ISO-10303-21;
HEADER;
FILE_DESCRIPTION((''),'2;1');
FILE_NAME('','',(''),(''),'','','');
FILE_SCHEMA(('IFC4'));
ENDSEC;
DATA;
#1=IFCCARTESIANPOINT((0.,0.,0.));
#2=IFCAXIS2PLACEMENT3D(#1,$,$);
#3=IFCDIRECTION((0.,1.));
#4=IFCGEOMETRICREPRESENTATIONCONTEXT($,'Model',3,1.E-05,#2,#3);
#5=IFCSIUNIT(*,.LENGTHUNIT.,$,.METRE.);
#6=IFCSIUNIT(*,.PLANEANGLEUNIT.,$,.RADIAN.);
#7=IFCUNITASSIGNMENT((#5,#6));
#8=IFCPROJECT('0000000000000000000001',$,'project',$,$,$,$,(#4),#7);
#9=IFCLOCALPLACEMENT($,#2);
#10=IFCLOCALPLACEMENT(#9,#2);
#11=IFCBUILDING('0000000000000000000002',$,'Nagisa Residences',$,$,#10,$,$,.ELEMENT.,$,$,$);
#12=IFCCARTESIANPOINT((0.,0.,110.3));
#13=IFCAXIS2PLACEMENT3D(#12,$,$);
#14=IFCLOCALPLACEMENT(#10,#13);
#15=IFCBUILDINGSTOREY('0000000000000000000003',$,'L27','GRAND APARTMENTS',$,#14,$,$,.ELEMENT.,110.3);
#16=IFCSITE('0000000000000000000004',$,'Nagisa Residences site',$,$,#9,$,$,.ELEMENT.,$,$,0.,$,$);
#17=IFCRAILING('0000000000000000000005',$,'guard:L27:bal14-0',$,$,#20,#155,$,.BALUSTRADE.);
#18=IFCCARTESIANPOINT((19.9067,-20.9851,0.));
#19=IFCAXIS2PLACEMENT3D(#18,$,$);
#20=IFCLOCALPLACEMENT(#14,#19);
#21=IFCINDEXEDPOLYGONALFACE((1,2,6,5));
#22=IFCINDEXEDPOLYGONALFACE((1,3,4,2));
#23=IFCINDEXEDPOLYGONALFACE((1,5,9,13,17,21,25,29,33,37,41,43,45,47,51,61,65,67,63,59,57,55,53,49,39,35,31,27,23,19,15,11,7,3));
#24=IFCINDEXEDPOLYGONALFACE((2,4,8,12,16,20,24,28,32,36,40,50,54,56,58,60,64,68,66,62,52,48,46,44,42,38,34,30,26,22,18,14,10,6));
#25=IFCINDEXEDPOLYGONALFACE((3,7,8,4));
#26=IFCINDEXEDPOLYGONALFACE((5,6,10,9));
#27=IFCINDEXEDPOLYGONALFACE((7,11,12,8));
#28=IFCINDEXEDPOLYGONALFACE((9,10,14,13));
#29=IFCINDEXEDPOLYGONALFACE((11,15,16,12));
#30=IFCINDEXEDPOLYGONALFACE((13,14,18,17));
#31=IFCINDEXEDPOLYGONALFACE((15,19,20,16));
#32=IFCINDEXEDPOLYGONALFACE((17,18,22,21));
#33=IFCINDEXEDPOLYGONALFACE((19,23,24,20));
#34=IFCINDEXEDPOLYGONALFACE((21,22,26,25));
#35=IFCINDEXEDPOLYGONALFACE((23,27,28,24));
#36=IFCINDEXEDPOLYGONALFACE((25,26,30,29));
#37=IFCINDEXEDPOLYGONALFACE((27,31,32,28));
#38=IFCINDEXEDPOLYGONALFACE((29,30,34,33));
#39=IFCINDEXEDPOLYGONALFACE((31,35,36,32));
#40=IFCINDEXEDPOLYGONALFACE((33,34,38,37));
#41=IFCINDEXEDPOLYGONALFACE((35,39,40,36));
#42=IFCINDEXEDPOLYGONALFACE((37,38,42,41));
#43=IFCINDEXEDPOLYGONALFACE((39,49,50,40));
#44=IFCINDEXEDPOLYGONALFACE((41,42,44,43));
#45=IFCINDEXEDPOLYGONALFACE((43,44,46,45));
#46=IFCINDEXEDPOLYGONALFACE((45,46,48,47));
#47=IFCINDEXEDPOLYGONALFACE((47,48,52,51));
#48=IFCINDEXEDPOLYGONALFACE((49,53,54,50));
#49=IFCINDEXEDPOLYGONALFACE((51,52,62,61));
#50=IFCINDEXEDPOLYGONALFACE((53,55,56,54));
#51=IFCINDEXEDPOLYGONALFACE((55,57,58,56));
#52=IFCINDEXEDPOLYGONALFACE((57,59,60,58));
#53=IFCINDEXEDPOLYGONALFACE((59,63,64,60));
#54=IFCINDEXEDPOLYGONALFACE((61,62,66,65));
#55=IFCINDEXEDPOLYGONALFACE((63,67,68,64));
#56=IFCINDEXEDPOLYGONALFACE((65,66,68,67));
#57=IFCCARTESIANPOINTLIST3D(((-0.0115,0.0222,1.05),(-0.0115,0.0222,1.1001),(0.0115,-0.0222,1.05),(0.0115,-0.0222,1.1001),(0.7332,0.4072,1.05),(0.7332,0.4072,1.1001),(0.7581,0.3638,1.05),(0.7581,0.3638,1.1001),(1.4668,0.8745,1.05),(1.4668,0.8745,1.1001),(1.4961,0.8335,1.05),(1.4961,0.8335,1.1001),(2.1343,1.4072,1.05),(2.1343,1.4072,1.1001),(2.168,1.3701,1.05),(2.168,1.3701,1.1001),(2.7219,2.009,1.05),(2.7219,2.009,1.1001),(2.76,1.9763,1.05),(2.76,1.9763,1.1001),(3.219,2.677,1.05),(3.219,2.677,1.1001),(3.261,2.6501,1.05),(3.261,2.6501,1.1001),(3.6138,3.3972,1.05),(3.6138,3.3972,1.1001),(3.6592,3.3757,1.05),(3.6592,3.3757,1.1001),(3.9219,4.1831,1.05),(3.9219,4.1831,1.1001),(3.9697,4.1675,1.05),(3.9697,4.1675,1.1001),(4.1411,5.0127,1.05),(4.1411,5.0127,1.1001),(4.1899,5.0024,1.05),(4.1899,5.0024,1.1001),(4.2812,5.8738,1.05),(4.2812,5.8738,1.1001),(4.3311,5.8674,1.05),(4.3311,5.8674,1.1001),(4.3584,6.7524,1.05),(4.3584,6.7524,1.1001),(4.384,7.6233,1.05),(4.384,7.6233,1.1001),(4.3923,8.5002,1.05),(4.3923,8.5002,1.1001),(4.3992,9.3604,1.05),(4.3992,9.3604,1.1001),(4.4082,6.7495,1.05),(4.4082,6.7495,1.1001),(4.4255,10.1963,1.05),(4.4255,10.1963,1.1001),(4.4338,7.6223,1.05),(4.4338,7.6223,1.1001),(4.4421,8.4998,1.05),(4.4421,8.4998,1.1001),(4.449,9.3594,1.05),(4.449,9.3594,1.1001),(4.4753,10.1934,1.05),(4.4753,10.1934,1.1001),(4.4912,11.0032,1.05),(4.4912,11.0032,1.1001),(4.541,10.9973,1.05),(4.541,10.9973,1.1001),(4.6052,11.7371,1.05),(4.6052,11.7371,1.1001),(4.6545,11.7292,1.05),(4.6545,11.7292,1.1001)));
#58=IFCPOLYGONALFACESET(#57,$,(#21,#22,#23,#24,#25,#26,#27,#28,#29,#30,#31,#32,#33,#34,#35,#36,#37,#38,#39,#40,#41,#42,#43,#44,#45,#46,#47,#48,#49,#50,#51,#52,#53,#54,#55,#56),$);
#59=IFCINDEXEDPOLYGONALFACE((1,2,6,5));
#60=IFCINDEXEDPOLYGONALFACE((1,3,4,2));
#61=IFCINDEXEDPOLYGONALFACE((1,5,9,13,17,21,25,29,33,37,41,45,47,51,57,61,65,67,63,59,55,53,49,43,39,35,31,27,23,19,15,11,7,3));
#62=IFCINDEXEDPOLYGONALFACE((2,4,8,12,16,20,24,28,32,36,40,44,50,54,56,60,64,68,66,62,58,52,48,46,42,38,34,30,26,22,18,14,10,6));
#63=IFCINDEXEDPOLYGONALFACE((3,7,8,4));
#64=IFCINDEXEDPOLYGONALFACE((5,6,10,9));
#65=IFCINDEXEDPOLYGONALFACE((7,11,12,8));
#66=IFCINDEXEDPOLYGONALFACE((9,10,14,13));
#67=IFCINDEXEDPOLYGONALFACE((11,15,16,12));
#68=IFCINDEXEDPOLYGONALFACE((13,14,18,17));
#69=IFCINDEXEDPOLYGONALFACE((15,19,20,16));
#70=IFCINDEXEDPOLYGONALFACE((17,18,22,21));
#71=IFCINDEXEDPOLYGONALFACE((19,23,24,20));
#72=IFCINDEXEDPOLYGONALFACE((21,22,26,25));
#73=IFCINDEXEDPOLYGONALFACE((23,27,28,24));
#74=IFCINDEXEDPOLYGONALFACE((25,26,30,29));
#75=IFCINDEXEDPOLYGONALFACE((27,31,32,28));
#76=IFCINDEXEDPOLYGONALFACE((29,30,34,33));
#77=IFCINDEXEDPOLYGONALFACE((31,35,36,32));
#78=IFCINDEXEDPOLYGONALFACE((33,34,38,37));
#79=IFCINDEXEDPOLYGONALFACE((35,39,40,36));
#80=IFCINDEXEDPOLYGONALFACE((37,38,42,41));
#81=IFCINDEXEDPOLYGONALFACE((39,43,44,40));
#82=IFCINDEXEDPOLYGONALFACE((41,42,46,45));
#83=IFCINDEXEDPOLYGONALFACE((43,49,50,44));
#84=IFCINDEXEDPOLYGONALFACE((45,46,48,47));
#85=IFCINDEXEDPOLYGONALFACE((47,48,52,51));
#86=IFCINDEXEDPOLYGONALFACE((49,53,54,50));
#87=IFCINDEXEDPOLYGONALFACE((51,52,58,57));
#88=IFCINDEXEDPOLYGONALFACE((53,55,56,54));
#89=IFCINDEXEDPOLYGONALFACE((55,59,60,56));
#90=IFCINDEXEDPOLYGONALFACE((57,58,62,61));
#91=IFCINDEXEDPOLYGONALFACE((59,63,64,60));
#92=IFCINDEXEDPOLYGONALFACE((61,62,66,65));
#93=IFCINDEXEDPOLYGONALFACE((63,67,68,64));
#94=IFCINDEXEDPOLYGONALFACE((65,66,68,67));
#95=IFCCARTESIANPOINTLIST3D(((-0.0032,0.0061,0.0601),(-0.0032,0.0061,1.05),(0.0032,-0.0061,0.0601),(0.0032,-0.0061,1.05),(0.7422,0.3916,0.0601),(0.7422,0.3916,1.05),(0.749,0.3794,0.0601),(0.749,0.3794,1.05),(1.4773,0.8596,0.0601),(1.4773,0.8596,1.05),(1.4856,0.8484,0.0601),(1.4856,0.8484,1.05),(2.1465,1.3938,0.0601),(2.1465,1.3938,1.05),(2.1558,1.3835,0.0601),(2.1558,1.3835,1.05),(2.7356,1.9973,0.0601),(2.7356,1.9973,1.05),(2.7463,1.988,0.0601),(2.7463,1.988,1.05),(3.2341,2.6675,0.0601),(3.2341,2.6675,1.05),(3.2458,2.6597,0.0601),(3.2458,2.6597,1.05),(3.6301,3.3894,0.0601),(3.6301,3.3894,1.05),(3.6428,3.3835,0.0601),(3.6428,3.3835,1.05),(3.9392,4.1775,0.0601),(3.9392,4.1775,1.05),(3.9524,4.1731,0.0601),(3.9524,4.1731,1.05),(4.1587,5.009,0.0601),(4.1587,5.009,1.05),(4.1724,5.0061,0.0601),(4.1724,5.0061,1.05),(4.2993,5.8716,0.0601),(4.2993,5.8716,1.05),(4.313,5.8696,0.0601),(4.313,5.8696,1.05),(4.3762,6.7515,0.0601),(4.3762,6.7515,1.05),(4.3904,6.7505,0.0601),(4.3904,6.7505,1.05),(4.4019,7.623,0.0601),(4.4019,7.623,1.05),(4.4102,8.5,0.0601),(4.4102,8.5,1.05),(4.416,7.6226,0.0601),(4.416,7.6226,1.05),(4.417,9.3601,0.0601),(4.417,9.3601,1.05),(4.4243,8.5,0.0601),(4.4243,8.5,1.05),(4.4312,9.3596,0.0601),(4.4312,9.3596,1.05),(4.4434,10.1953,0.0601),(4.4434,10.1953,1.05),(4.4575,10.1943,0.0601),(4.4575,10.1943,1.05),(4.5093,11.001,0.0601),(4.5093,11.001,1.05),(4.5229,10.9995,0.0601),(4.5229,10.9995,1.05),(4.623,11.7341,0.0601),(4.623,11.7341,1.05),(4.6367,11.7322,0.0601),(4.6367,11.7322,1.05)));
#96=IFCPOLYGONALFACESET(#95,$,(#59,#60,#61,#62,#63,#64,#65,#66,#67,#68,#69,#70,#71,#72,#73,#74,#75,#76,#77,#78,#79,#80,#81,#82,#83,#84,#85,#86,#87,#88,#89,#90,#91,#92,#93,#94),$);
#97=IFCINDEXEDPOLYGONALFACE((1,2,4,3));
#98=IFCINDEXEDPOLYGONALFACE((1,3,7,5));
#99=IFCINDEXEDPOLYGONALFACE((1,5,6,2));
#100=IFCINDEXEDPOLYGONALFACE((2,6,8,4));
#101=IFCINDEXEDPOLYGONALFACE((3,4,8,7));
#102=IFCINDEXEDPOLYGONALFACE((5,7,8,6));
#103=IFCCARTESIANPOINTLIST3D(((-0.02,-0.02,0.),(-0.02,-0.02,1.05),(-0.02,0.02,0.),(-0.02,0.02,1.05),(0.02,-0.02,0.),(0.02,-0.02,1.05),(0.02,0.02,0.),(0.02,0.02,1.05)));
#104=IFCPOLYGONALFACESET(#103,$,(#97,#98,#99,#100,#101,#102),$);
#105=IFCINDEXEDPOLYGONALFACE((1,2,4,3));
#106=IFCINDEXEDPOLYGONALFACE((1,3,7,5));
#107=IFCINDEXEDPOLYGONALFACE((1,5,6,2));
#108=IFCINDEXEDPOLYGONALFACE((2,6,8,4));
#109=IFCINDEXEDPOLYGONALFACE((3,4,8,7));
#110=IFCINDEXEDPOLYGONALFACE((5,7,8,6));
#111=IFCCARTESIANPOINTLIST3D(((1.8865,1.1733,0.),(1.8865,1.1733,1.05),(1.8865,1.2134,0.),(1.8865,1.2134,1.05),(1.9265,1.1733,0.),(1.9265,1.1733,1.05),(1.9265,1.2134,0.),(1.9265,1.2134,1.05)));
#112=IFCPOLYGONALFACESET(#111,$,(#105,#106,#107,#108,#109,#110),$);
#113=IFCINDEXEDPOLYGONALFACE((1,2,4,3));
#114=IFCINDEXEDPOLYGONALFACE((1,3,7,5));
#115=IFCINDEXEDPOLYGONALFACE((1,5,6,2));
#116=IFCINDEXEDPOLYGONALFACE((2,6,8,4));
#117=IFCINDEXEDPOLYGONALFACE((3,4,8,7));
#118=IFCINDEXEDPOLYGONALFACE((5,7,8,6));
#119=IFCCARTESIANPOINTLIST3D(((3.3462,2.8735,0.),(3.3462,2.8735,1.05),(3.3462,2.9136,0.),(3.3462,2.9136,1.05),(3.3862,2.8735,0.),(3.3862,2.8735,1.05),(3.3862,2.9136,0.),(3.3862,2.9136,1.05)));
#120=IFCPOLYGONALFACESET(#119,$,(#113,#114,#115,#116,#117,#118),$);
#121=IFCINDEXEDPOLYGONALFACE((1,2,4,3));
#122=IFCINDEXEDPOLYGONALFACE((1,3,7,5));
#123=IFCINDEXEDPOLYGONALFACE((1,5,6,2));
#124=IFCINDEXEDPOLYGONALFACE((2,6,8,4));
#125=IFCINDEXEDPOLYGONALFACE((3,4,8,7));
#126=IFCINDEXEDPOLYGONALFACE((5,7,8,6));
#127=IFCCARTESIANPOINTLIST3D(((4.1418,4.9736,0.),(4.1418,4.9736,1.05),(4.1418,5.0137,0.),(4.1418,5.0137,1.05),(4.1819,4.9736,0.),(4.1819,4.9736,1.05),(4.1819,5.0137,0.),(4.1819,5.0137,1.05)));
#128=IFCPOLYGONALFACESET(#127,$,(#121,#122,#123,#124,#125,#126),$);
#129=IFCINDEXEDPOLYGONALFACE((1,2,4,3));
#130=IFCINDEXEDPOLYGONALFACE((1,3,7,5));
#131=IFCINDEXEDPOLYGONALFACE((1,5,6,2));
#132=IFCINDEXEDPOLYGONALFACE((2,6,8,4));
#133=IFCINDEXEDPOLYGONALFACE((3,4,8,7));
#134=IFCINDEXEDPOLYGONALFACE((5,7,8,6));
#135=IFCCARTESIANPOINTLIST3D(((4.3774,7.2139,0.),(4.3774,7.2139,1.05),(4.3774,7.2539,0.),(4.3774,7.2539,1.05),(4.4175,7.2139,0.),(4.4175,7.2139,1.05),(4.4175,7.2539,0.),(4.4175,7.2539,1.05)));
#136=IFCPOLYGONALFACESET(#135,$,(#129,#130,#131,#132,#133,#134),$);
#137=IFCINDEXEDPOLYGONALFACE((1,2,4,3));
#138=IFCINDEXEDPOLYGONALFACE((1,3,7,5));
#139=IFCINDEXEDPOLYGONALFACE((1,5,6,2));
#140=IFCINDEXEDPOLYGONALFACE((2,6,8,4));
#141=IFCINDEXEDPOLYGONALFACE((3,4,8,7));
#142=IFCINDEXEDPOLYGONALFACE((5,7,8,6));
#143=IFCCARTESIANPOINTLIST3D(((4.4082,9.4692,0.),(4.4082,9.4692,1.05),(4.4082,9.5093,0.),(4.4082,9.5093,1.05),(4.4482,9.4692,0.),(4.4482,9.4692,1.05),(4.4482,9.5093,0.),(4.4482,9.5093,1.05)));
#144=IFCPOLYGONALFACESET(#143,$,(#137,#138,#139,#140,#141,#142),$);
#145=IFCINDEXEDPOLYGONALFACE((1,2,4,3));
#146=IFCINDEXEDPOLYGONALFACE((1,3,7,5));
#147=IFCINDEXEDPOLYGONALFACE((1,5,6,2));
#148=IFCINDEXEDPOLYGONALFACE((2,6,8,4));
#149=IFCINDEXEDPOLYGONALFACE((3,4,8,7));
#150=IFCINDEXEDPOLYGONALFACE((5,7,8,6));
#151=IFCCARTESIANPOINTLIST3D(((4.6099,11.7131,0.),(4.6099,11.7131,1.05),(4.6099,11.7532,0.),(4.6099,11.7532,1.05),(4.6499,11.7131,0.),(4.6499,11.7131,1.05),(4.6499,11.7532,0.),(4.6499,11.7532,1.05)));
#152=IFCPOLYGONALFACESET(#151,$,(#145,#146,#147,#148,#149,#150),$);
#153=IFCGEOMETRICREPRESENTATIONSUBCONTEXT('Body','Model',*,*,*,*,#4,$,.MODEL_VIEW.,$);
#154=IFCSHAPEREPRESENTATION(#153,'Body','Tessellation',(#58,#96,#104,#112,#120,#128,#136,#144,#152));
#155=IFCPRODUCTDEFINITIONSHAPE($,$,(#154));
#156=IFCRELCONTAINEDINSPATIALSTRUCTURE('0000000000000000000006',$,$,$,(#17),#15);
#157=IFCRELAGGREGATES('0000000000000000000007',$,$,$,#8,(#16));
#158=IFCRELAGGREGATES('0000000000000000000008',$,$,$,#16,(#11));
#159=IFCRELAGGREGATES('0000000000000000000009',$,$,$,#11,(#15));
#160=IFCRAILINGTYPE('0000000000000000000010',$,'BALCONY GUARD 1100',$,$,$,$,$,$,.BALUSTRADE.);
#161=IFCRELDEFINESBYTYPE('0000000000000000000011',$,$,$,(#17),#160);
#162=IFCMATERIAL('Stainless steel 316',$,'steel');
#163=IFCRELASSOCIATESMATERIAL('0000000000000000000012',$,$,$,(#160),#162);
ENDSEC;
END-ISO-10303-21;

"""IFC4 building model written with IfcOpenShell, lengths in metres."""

from ifc_helpers import new_model, si_unit, direction, frame, origin, origin_2d, place, context, subcontext, project, spatial, polyline, rectangle, outline, extrude, material, type_object, element, save


model = new_model("IFC4")

# Units and contexts
model_context = context("Model", 3, precision=1e-05, world=origin(), true_north=direction((0.0, 1.0)))
body_context = subcontext(model_context, "Body", "Model", "MODEL_VIEW")
ifc_project = project(units=[si_unit("LENGTHUNIT", "METRE"), si_unit("PLANEANGLEUNIT", "RADIAN")], contexts=[model_context])

# Site, building, storey
site_placement = place(None, origin())
site = spatial("IfcSite", under=ifc_project, at=site_placement, Name="Nagisa Residences site", CompositionType="ELEMENT", RefElevation=0.0)
building_placement = place(site_placement, origin())
building = spatial("IfcBuilding", under=site, at=building_placement, Name="Nagisa Residences", CompositionType="ELEMENT")
storey_placement = place(building_placement, frame((0.0, 0.0, 110.3)))
storey = spatial("IfcBuildingStorey", under=building, at=storey_placement, Name="L27", Description="GRAND APARTMENTS", CompositionType="ELEMENT", Elevation=110.3)

# Railing
ifc_material_1 = material(Name="Stainless steel 316", Category="steel")
railing_type = type_object("IfcRailingType", Name="BALCONY GUARD 1100", PredefinedType="BALUSTRADE", material=ifc_material_1)
railing_placement = place(storey_placement, frame((19.9067, -20.9851, 0.0)))
element("IfcRailing", 1, at=railing_placement, inside=storey, type_object=railing_type, Name="guard:L27:bal14-0", PredefinedType="BALUSTRADE", context=body_context, shape_type="SweptSolid", body=[
    extrude(outline(polyline([(0.7332, 0.4072), (-0.0115, 0.0222), (0.0115, -0.0222), (0.7581, 0.3638), (1.4961, 0.8335), (2.168, 1.3701), (2.76, 1.9763), (3.261, 2.6501), (3.6592, 3.3757), (3.9697, 4.1675), (4.1899, 5.0024), (4.3311, 5.8674), (4.4082, 6.7495), (4.4338, 7.6223), (4.4421, 8.4998), (4.449, 9.3594), (4.4753, 10.1934), (4.541, 10.9973), (4.6545, 11.7292), (4.6052, 11.7371), (4.4912, 11.0032), (4.4255, 10.1963), (4.3992, 9.3604), (4.3923, 8.5002), (4.384, 7.6233), (4.3584, 6.7524), (4.2812, 5.8738), (4.1411, 5.0127), (3.9219, 4.1831), (3.6138, 3.3972), (3.219, 2.677), (2.7219, 2.009), (2.1343, 1.4072), (1.4668, 0.8745), (0.7332, 0.4072)])), frame((0.0, 0.0, 1.05)), (0.0, 0.0, 1.0), 0.05),
    extrude(outline(polyline([(0.7422, 0.3916), (-0.0032, 0.0061), (0.0032, -0.0061), (0.749, 0.3794), (1.4856, 0.8484), (2.1558, 1.3835), (2.7463, 1.988), (3.2458, 2.6597), (3.6428, 3.3835), (3.9524, 4.1731), (4.1724, 5.0061), (4.313, 5.8696), (4.3904, 6.7505), (4.416, 7.6226), (4.4243, 8.5), (4.4312, 9.3596), (4.4575, 10.1943), (4.5229, 10.9995), (4.6367, 11.7322), (4.623, 11.7341), (4.5093, 11.001), (4.4434, 10.1953), (4.417, 9.3601), (4.4102, 8.5), (4.4019, 7.623), (4.3762, 6.7515), (4.2993, 5.8716), (4.1587, 5.009), (3.9392, 4.1775), (3.6301, 3.3894), (3.2341, 2.6675), (2.7356, 1.9973), (2.1465, 1.3938), (1.4773, 0.8596), (0.7422, 0.3916)])), frame((0.0, 0.0, 0.0601)), (0.0, 0.0, 1.0), 0.99),
    extrude(rectangle(XDim=0.04, YDim=0.04, at=origin_2d()), origin(), (0.0, 0.0, 1.0), 1.05),
    extrude(rectangle(XDim=0.04, YDim=0.04, at=origin_2d()), frame((1.9065, 1.1934, 0.0)), (0.0, 0.0, 1.0), 1.05),
    extrude(rectangle(XDim=0.04, YDim=0.04, at=origin_2d()), frame((3.3662, 2.8936, 0.0)), (0.0, 0.0, 1.0), 1.05),
    extrude(rectangle(XDim=0.04, YDim=0.04, at=origin_2d()), frame((4.1619, 4.9937, 0.0)), (0.0, 0.0, 1.0), 1.05),
    extrude(rectangle(XDim=0.04, YDim=0.04, at=origin_2d()), frame((4.3975, 7.2339, 0.0)), (0.0, 0.0, 1.0), 1.05),
    extrude(rectangle(XDim=0.04, YDim=0.04, at=origin_2d()), frame((4.4282, 9.4893, 0.0)), (0.0, 0.0, 1.0), 1.05),
    extrude(rectangle(XDim=0.04, YDim=0.04, at=origin_2d()), frame((4.6299, 11.7332, 0.0)), (0.0, 0.0, 1.0), 1.05),
])

save(model, "model.ifc")
